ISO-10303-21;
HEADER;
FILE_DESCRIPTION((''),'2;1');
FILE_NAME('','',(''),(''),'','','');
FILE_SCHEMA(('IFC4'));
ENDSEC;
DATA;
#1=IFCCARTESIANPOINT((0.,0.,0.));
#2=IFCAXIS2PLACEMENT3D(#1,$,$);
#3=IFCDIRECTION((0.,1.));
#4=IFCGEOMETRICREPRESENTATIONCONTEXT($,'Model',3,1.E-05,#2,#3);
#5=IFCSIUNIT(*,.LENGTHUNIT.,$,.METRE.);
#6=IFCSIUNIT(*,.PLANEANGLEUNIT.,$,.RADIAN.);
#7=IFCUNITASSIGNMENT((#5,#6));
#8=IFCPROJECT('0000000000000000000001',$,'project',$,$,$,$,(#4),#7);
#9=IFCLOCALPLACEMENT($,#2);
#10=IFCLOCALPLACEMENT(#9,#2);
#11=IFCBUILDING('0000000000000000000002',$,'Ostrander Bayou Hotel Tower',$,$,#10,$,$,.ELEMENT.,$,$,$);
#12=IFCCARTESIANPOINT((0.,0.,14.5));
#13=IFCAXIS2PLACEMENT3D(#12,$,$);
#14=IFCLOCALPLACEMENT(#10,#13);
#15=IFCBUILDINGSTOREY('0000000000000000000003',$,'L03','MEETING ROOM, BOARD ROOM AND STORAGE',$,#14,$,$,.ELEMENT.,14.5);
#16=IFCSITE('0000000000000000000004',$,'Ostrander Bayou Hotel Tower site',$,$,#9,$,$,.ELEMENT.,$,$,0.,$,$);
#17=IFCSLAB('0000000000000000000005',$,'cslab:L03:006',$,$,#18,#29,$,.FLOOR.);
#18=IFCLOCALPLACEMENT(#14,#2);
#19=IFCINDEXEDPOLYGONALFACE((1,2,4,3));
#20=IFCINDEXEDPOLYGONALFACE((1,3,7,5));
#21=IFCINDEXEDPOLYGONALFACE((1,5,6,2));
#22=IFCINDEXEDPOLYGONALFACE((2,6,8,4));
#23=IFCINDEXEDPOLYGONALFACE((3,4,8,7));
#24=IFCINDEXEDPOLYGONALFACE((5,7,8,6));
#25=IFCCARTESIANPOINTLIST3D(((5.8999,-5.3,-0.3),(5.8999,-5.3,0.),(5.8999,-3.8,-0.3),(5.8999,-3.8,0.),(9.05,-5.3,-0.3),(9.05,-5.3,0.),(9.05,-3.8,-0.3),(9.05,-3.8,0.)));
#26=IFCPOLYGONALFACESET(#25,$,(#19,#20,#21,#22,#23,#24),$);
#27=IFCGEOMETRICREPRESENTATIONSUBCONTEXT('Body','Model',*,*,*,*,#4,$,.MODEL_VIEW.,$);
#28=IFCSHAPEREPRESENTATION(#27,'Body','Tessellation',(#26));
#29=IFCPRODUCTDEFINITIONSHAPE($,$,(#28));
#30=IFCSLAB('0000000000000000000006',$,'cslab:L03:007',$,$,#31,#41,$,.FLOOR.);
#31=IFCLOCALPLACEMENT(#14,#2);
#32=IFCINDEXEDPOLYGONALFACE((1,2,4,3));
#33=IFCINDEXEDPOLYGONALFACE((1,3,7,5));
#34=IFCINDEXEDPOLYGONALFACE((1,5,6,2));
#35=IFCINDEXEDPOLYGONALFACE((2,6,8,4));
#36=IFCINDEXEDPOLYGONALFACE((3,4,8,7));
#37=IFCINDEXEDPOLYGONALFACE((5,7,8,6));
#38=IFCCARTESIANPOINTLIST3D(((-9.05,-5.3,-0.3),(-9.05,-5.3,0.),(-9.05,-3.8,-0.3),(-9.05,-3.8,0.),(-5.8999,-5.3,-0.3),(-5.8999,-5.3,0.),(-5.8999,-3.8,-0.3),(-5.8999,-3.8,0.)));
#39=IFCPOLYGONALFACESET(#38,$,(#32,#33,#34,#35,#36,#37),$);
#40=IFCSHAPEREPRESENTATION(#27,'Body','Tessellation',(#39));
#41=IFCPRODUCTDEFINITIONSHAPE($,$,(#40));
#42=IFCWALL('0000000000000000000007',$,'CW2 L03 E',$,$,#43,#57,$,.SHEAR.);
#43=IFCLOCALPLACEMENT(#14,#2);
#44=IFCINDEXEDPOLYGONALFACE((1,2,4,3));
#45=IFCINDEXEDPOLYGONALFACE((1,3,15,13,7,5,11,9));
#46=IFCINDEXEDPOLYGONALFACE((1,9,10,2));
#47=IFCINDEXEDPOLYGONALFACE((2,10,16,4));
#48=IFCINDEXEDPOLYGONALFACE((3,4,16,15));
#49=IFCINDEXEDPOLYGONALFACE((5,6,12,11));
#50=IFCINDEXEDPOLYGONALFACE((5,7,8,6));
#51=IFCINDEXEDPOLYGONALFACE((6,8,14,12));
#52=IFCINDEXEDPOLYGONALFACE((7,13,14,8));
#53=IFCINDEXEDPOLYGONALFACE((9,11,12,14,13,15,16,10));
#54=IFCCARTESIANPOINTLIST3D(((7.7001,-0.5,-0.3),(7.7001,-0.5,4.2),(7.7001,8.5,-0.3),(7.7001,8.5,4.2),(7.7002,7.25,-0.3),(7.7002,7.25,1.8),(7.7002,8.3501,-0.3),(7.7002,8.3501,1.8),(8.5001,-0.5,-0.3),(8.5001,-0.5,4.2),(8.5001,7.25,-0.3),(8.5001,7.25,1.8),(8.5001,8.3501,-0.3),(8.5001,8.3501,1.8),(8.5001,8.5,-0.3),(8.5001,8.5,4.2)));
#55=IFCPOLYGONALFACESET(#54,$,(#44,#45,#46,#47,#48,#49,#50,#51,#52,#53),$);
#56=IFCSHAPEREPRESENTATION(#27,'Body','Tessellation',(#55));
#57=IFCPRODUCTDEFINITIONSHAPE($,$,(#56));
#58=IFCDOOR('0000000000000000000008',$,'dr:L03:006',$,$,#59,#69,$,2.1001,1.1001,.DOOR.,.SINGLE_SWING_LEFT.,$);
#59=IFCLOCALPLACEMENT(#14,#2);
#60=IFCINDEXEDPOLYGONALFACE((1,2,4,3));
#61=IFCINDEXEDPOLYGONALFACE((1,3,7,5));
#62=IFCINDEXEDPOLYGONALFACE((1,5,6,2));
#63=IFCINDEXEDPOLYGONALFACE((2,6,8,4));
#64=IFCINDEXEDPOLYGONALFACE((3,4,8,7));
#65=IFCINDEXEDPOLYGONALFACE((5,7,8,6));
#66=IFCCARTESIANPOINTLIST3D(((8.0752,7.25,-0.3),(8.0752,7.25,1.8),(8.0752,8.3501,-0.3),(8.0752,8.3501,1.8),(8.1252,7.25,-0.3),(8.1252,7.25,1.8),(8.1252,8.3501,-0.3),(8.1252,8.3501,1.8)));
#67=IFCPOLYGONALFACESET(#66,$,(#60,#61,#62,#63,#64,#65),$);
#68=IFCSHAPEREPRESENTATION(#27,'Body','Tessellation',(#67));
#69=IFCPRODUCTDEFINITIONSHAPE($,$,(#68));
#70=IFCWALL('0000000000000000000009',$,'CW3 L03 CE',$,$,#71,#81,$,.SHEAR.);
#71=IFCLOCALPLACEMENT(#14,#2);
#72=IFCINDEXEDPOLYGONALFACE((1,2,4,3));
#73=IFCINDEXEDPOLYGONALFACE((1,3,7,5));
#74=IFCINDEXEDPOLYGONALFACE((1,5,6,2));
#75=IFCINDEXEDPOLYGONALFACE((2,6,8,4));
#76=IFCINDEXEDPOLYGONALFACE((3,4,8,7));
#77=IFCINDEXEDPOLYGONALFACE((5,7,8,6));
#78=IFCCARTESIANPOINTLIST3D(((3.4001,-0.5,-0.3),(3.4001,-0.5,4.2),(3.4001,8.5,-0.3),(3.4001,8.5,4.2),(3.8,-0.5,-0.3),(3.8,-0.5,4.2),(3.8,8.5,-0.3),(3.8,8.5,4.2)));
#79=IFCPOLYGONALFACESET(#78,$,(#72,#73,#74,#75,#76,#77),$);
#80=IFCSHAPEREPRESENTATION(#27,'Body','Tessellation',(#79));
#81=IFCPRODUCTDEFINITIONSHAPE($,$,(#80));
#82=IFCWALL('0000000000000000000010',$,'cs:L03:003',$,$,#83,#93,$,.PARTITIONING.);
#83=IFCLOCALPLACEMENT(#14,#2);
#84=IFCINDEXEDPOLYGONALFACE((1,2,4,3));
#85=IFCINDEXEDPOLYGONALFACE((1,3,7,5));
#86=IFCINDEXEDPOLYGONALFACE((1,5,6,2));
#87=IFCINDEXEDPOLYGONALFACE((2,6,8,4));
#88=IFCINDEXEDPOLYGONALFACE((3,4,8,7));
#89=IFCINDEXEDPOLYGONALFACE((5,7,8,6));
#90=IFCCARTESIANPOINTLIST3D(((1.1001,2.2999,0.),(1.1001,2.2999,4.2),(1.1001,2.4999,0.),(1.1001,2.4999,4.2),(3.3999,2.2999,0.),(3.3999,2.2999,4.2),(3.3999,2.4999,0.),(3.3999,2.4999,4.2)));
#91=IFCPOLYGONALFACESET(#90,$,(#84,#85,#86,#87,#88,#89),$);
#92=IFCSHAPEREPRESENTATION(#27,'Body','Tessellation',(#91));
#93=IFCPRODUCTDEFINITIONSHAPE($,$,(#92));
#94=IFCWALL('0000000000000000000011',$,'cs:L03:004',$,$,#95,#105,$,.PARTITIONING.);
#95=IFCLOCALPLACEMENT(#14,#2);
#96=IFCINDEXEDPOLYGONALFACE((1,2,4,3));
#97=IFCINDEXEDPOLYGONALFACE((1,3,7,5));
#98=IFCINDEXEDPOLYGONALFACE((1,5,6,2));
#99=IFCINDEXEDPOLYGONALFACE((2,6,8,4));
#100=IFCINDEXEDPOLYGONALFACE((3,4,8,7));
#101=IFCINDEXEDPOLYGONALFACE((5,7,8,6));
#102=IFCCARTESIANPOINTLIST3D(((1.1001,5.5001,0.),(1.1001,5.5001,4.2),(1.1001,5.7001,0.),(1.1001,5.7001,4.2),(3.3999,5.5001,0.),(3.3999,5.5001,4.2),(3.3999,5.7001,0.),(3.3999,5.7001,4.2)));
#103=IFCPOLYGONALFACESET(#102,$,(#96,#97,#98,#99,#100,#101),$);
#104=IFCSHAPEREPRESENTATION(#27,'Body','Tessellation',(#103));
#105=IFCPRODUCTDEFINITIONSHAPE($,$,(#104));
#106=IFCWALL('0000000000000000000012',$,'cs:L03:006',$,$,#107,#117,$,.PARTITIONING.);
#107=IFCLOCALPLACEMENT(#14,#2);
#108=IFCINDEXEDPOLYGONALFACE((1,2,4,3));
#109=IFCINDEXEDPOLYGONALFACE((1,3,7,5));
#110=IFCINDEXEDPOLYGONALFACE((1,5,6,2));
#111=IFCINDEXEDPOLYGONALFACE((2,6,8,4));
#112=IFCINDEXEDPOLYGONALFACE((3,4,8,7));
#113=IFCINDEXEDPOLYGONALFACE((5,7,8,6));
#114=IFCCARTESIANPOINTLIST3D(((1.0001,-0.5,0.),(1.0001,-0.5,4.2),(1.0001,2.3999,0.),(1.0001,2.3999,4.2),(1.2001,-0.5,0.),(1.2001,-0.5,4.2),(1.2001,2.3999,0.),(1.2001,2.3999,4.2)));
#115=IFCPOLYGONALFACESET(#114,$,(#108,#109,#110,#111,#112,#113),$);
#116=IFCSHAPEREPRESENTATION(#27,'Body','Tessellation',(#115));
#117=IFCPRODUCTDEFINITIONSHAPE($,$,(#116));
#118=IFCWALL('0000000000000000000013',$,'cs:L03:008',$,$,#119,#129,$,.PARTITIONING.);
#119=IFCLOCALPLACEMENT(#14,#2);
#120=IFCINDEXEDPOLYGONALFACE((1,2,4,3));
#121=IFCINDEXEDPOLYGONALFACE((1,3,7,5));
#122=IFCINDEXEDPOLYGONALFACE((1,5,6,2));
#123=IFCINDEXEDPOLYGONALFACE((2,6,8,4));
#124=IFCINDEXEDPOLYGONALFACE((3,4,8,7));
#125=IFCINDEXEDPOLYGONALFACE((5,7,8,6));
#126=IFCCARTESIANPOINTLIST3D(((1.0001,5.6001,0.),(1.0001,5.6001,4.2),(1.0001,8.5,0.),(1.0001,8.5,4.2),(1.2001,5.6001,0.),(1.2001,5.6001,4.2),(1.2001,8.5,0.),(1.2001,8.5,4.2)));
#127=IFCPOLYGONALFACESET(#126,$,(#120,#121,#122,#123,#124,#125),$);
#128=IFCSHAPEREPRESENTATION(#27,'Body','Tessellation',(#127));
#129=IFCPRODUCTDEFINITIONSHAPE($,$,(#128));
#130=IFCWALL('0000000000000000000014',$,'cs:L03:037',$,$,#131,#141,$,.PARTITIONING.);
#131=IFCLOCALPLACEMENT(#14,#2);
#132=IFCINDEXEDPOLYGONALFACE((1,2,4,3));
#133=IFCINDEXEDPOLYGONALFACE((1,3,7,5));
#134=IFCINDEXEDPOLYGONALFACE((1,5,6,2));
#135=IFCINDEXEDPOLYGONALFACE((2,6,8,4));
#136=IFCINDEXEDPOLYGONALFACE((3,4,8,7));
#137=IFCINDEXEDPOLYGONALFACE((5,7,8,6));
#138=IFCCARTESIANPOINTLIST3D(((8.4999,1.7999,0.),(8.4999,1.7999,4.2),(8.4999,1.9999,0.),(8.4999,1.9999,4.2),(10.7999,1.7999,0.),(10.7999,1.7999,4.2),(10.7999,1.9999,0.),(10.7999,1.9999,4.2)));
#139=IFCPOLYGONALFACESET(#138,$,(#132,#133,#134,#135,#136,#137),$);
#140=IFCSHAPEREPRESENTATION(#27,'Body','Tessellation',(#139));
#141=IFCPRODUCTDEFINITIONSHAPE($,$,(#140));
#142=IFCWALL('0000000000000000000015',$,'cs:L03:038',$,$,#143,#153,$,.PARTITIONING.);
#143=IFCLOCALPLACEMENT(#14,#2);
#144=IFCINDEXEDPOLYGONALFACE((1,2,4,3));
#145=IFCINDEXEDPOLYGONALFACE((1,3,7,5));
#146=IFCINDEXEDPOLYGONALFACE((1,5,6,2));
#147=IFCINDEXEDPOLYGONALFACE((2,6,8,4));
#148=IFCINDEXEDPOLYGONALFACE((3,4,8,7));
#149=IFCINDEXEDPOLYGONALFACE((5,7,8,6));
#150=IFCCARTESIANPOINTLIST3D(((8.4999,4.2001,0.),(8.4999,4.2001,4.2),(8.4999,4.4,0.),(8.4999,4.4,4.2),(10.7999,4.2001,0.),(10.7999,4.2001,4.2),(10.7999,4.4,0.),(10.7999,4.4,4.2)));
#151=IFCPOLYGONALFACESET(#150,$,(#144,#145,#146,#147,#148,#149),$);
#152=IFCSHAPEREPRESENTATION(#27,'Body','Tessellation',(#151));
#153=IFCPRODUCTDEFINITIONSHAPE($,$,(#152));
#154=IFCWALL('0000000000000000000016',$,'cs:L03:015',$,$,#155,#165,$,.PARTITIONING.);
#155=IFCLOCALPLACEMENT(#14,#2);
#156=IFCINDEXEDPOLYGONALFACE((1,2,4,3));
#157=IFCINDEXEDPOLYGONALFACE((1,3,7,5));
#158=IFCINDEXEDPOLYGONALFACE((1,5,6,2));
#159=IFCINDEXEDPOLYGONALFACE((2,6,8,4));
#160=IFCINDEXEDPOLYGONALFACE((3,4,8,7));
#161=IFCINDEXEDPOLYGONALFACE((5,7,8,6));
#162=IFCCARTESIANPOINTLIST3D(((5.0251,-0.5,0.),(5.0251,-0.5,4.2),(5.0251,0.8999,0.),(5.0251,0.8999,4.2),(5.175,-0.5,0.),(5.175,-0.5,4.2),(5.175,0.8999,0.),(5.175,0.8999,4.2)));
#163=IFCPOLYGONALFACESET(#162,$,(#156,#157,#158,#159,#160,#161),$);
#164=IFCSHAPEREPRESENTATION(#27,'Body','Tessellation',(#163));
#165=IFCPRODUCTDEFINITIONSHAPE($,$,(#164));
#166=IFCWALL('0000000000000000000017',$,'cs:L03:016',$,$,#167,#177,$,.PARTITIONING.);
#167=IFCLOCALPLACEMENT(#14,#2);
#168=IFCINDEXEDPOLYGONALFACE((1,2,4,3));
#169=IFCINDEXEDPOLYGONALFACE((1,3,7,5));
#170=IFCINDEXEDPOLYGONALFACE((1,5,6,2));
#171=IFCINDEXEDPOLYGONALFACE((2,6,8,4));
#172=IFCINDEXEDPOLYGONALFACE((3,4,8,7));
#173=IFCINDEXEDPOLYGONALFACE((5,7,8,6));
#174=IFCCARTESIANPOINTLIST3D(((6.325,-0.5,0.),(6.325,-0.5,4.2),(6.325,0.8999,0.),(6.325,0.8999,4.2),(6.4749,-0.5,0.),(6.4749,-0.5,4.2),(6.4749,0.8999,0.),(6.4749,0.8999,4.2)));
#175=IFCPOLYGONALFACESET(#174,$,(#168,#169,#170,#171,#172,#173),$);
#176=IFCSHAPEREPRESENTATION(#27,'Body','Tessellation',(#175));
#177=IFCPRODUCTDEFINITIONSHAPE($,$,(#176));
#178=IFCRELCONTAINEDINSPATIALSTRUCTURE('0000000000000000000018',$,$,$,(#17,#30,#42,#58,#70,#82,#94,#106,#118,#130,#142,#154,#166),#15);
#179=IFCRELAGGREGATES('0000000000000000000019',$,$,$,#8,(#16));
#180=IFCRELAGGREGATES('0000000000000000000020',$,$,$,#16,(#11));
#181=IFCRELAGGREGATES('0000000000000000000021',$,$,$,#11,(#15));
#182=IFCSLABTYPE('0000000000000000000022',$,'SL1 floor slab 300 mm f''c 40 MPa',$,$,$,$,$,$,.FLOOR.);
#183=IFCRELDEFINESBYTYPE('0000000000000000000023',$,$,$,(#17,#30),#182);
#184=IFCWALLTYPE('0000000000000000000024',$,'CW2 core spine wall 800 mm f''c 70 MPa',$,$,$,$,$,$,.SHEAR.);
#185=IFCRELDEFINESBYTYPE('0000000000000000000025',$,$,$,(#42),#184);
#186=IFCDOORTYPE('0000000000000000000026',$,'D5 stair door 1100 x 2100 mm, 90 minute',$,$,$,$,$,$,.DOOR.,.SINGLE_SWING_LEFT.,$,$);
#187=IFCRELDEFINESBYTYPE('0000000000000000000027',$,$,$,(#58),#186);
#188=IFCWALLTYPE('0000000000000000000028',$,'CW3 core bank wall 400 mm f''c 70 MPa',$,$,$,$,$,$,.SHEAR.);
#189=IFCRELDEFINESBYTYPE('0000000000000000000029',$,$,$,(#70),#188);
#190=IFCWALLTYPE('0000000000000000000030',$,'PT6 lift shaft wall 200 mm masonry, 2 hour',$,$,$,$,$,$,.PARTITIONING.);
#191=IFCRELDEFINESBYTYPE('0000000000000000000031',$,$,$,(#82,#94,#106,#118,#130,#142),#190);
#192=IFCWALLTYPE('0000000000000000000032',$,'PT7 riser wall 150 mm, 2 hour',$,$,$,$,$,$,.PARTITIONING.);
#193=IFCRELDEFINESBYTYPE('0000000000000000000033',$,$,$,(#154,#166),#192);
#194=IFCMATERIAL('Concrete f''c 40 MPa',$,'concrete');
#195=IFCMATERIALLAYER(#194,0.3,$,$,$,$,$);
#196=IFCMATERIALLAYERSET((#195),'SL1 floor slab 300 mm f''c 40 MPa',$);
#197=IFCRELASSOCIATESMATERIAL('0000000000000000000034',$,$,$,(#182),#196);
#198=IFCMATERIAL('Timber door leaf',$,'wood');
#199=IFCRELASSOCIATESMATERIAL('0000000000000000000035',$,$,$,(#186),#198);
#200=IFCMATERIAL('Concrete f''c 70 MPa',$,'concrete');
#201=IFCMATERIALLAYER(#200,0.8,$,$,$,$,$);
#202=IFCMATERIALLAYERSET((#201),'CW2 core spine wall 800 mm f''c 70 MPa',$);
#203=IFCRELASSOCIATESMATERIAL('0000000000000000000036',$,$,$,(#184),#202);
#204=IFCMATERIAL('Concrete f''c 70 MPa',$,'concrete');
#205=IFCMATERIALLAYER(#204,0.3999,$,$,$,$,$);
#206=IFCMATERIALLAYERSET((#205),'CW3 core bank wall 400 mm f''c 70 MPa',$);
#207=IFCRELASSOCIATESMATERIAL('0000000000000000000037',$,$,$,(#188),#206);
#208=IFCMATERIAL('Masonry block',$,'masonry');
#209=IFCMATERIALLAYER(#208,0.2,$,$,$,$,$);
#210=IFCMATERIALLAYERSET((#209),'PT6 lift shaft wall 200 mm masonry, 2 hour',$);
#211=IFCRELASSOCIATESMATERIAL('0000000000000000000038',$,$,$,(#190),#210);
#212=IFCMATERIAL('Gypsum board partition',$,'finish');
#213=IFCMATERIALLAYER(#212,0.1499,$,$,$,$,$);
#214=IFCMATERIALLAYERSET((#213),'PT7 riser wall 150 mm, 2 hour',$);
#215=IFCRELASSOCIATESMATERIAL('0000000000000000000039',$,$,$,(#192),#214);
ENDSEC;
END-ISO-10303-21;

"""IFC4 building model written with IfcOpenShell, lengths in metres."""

from ifc_helpers import new_model, si_unit, direction, frame, frame_2d, origin, place, context, subcontext, project, spatial, polyline, rectangle, outline, extrude, material, layer, layer_set, type_object, element, fill, save


model = new_model("IFC4")

# Units and contexts
model_context = context("Model", 3, precision=1e-05, world=origin(), true_north=direction((0.0, 1.0)))
body_context = subcontext(model_context, "Body", "Model", "MODEL_VIEW")
ifc_project = project(units=[si_unit("LENGTHUNIT", "METRE"), si_unit("PLANEANGLEUNIT", "RADIAN")], contexts=[model_context])

# Site, building, storey
site_placement = place(None, origin())
site = spatial("IfcSite", under=ifc_project, at=site_placement, Name="Ostrander Bayou Hotel Tower site", CompositionType="ELEMENT", RefElevation=0.0)
building_placement = place(site_placement, origin())
building = spatial("IfcBuilding", under=site, at=building_placement, Name="Ostrander Bayou Hotel Tower", CompositionType="ELEMENT")
storey_placement = place(building_placement, frame((0.0, 0.0, 14.5)))
storey = spatial("IfcBuildingStorey", under=building, at=storey_placement, Name="L03", Description="MEETING ROOM, BOARD ROOM AND STORAGE", CompositionType="ELEMENT", Elevation=14.5)

# Slabs
ifc_material_1 = material(Name="Concrete f'c 40 MPa", Category="concrete")
ifc_layer_1 = layer(ifc_material_1, 0.3)
ifc_layer_set_1 = layer_set([ifc_layer_1], Name="SL1 floor slab 300 mm f'c 40 MPa")
slab_type = type_object("IfcSlabType", Name="SL1 floor slab 300 mm f'c 40 MPa", PredefinedType="FLOOR", material=ifc_layer_set_1)
slab_1_placement = place(storey_placement, frame((0.0, 0.0, -0.3)))
element("IfcSlab", 1, at=slab_1_placement, inside=storey, type_object=slab_type, Name="cslab:L03:006", PredefinedType="FLOOR", context=body_context, shape_type="SweptSolid", body=[
    extrude(outline(polyline([(9.05, -5.3), (9.05, -3.8), (5.8999, -3.8), (5.8999, -5.3), (9.05, -5.3)])), origin(), (0.0, 0.0, 1.0), 0.3),
])
slab_2_placement = place(storey_placement, frame((0.0, 0.0, -0.3)))
element("IfcSlab", 2, at=slab_2_placement, inside=storey, type_object=slab_type, Name="cslab:L03:007", PredefinedType="FLOOR", context=body_context, shape_type="SweptSolid", body=[
    extrude(outline(polyline([(-5.8999, -5.3), (-5.8999, -3.8), (-9.05, -3.8), (-9.05, -5.3), (-5.8999, -5.3)])), origin(), (0.0, 0.0, 1.0), 0.3),
])

# Shared definitions
ifc_material_2 = material(Name="Timber door leaf", Category="wood")
door_type_1 = type_object("IfcDoorType", Name="D5 stair door 1100 x 2100 mm, 90 minute", OperationType="SINGLE_SWING_LEFT", PredefinedType="DOOR", material=ifc_material_2)

# Wall, opening, door
ifc_material_3 = material(Name="Concrete f'c 70 MPa", Category="concrete")
ifc_layer_2 = layer(ifc_material_3, 0.8)
ifc_layer_set_2 = layer_set([ifc_layer_2], Name="CW2 core spine wall 800 mm f'c 70 MPa")
wall_type_1 = type_object("IfcWallType", Name="CW2 core spine wall 800 mm f'c 70 MPa", PredefinedType="SHEAR", material=ifc_layer_set_2)
wall_1_placement = place(storey_placement, frame((8.1001, -0.5, -0.3), z_axis=(0.0, 0.0, 1.0), x_axis=(0.0, 1.0, 0.0)))
wall_1 = element("IfcWall", 3, at=wall_1_placement, inside=storey, type_object=wall_type_1, Name="CW2 L03 E", PredefinedType="SHEAR", context=body_context, shape_type="SweptSolid", body=[
    extrude(rectangle(XDim=9.0, YDim=0.8, at=frame_2d((4.5, 0.0))), origin(), (0.0, 0.0, 1.0), 4.5),
])
opening_1_placement = place(wall_1_placement, frame((7.75, 0.0, 0.0)))
opening_1 = element("IfcOpeningElement", 4, at=opening_1_placement, cuts=wall_1, PredefinedType="OPENING", context=body_context, shape_type="SweptSolid", body=[
    extrude(rectangle(XDim=1.1001, YDim=2.1001, at=frame_2d((0.55, 1.05))), frame((0.0, 0.3999, 0.0), z_axis=(0.0, -1.0, 0.0), x_axis=(1.0, 0.0, 0.0)), (0.0, 0.0, 1.0), 0.8),
])
door_1_placement = place(opening_1_placement, origin())
door_1 = element("IfcDoor", 5, at=door_1_placement, inside=storey, type_object=door_type_1, Name="dr:L03:006", OperationType="SINGLE_SWING_LEFT", OverallHeight=2.1001, OverallWidth=1.1001, PredefinedType="DOOR", context=body_context, shape_type="SweptSolid", body=[
    extrude(rectangle(XDim=1.1001, YDim=2.1001, at=frame_2d((0.55, 1.05))), frame((0.0, 0.0249, 0.0), z_axis=(0.0, -1.0, 0.0), x_axis=(1.0, 0.0, 0.0)), (0.0, 0.0, 1.0), 0.05),
])
fill(opening_1, door_1)

# Wall
ifc_material_4 = material(Name="Concrete f'c 70 MPa", Category="concrete")
ifc_layer_3 = layer(ifc_material_4, 0.3999)
ifc_layer_set_3 = layer_set([ifc_layer_3], Name="CW3 core bank wall 400 mm f'c 70 MPa")
wall_type_2 = type_object("IfcWallType", Name="CW3 core bank wall 400 mm f'c 70 MPa", PredefinedType="SHEAR", material=ifc_layer_set_3)
wall_2_placement = place(storey_placement, frame((3.6001, -0.5, -0.3), z_axis=(0.0, 0.0, 1.0), x_axis=(0.0, 1.0, 0.0)))
element("IfcWall", 6, at=wall_2_placement, inside=storey, type_object=wall_type_2, Name="CW3 L03 CE", PredefinedType="SHEAR", context=body_context, shape_type="SweptSolid", body=[
    extrude(rectangle(XDim=9.0, YDim=0.3999, at=frame_2d((4.5, 0.0))), origin(), (0.0, 0.0, 1.0), 4.5),
])

# Walls
ifc_material_5 = material(Name="Masonry block", Category="masonry")
ifc_layer_4 = layer(ifc_material_5, 0.2)
ifc_layer_set_4 = layer_set([ifc_layer_4], Name="PT6 lift shaft wall 200 mm masonry, 2 hour")
wall_type_3 = type_object("IfcWallType", Name="PT6 lift shaft wall 200 mm masonry, 2 hour", PredefinedType="PARTITIONING", material=ifc_layer_set_4)
for number, where, z_axis, x_axis, name in (
    (7, (1.1001, 2.3999, 0.0), (0.0, 0.0, 1.0), (1.0, 0.0, 0.0), "cs:L03:003"),
    (8, (1.1001, 5.6001, 0.0), (0.0, 0.0, 1.0), (1.0, 0.0, 0.0), "cs:L03:004"),
):
    element("IfcWall", number, at=place(storey_placement, frame(where, z_axis=z_axis, x_axis=x_axis)), inside=storey, type_object=wall_type_3, Name=name, PredefinedType="PARTITIONING", context=body_context, shape_type="SweptSolid", body=[
        extrude(rectangle(XDim=2.2998, YDim=0.2, at=frame_2d((1.1499, 0.0))), origin(), (0.0, 0.0, 1.0), 4.2),
    ])
for number, where, z_axis, x_axis, name in (
    (9, (1.1001, -0.5, 0.0), (0.0, 0.0, 1.0), (0.0, 1.0, 0.0), "cs:L03:006"),
    (10, (1.1001, 5.6001, 0.0), (0.0, 0.0, 1.0), (0.0, 1.0, 0.0), "cs:L03:008"),
):
    element("IfcWall", number, at=place(storey_placement, frame(where, z_axis=z_axis, x_axis=x_axis)), inside=storey, type_object=wall_type_3, Name=name, PredefinedType="PARTITIONING", context=body_context, shape_type="SweptSolid", body=[
        extrude(rectangle(XDim=2.8999, YDim=0.2, at=frame_2d((1.45, 0.0))), origin(), (0.0, 0.0, 1.0), 4.2),
    ])
for number, where, z_axis, x_axis, name in (
    (11, (8.5, 1.8999, 0.0), (0.0, 0.0, 1.0), (1.0, 0.0, 0.0), "cs:L03:037"),
    (12, (8.5, 4.3, 0.0), (0.0, 0.0, 1.0), (1.0, 0.0, 0.0), "cs:L03:038"),
):
    element("IfcWall", number, at=place(storey_placement, frame(where, z_axis=z_axis, x_axis=x_axis)), inside=storey, type_object=wall_type_3, Name=name, PredefinedType="PARTITIONING", context=body_context, shape_type="SweptSolid", body=[
        extrude(rectangle(XDim=2.3, YDim=0.2, at=frame_2d((1.1499, 0.0))), origin(), (0.0, 0.0, 1.0), 4.2),
    ])
ifc_material_6 = material(Name="Gypsum board partition", Category="finish")
ifc_layer_5 = layer(ifc_material_6, 0.1499)
ifc_layer_set_5 = layer_set([ifc_layer_5], Name="PT7 riser wall 150 mm, 2 hour")
wall_type_4 = type_object("IfcWallType", Name="PT7 riser wall 150 mm, 2 hour", PredefinedType="PARTITIONING", material=ifc_layer_set_5)
for number, where, z_axis, x_axis, name in (
    (13, (5.1001, -0.5, 0.0), (0.0, 0.0, 1.0), (0.0, 1.0, 0.0), "cs:L03:015"),
    (14, (6.3999, -0.5, 0.0), (0.0, 0.0, 1.0), (0.0, 1.0, 0.0), "cs:L03:016"),
):
    element("IfcWall", number, at=place(storey_placement, frame(where, z_axis=z_axis, x_axis=x_axis)), inside=storey, type_object=wall_type_4, Name=name, PredefinedType="PARTITIONING", context=body_context, shape_type="SweptSolid", body=[
        extrude(rectangle(XDim=1.3999, YDim=0.1499, at=frame_2d((0.7, 0.0))), origin(), (0.0, 0.0, 1.0), 4.2),
    ])

save(model, "model.ifc")
